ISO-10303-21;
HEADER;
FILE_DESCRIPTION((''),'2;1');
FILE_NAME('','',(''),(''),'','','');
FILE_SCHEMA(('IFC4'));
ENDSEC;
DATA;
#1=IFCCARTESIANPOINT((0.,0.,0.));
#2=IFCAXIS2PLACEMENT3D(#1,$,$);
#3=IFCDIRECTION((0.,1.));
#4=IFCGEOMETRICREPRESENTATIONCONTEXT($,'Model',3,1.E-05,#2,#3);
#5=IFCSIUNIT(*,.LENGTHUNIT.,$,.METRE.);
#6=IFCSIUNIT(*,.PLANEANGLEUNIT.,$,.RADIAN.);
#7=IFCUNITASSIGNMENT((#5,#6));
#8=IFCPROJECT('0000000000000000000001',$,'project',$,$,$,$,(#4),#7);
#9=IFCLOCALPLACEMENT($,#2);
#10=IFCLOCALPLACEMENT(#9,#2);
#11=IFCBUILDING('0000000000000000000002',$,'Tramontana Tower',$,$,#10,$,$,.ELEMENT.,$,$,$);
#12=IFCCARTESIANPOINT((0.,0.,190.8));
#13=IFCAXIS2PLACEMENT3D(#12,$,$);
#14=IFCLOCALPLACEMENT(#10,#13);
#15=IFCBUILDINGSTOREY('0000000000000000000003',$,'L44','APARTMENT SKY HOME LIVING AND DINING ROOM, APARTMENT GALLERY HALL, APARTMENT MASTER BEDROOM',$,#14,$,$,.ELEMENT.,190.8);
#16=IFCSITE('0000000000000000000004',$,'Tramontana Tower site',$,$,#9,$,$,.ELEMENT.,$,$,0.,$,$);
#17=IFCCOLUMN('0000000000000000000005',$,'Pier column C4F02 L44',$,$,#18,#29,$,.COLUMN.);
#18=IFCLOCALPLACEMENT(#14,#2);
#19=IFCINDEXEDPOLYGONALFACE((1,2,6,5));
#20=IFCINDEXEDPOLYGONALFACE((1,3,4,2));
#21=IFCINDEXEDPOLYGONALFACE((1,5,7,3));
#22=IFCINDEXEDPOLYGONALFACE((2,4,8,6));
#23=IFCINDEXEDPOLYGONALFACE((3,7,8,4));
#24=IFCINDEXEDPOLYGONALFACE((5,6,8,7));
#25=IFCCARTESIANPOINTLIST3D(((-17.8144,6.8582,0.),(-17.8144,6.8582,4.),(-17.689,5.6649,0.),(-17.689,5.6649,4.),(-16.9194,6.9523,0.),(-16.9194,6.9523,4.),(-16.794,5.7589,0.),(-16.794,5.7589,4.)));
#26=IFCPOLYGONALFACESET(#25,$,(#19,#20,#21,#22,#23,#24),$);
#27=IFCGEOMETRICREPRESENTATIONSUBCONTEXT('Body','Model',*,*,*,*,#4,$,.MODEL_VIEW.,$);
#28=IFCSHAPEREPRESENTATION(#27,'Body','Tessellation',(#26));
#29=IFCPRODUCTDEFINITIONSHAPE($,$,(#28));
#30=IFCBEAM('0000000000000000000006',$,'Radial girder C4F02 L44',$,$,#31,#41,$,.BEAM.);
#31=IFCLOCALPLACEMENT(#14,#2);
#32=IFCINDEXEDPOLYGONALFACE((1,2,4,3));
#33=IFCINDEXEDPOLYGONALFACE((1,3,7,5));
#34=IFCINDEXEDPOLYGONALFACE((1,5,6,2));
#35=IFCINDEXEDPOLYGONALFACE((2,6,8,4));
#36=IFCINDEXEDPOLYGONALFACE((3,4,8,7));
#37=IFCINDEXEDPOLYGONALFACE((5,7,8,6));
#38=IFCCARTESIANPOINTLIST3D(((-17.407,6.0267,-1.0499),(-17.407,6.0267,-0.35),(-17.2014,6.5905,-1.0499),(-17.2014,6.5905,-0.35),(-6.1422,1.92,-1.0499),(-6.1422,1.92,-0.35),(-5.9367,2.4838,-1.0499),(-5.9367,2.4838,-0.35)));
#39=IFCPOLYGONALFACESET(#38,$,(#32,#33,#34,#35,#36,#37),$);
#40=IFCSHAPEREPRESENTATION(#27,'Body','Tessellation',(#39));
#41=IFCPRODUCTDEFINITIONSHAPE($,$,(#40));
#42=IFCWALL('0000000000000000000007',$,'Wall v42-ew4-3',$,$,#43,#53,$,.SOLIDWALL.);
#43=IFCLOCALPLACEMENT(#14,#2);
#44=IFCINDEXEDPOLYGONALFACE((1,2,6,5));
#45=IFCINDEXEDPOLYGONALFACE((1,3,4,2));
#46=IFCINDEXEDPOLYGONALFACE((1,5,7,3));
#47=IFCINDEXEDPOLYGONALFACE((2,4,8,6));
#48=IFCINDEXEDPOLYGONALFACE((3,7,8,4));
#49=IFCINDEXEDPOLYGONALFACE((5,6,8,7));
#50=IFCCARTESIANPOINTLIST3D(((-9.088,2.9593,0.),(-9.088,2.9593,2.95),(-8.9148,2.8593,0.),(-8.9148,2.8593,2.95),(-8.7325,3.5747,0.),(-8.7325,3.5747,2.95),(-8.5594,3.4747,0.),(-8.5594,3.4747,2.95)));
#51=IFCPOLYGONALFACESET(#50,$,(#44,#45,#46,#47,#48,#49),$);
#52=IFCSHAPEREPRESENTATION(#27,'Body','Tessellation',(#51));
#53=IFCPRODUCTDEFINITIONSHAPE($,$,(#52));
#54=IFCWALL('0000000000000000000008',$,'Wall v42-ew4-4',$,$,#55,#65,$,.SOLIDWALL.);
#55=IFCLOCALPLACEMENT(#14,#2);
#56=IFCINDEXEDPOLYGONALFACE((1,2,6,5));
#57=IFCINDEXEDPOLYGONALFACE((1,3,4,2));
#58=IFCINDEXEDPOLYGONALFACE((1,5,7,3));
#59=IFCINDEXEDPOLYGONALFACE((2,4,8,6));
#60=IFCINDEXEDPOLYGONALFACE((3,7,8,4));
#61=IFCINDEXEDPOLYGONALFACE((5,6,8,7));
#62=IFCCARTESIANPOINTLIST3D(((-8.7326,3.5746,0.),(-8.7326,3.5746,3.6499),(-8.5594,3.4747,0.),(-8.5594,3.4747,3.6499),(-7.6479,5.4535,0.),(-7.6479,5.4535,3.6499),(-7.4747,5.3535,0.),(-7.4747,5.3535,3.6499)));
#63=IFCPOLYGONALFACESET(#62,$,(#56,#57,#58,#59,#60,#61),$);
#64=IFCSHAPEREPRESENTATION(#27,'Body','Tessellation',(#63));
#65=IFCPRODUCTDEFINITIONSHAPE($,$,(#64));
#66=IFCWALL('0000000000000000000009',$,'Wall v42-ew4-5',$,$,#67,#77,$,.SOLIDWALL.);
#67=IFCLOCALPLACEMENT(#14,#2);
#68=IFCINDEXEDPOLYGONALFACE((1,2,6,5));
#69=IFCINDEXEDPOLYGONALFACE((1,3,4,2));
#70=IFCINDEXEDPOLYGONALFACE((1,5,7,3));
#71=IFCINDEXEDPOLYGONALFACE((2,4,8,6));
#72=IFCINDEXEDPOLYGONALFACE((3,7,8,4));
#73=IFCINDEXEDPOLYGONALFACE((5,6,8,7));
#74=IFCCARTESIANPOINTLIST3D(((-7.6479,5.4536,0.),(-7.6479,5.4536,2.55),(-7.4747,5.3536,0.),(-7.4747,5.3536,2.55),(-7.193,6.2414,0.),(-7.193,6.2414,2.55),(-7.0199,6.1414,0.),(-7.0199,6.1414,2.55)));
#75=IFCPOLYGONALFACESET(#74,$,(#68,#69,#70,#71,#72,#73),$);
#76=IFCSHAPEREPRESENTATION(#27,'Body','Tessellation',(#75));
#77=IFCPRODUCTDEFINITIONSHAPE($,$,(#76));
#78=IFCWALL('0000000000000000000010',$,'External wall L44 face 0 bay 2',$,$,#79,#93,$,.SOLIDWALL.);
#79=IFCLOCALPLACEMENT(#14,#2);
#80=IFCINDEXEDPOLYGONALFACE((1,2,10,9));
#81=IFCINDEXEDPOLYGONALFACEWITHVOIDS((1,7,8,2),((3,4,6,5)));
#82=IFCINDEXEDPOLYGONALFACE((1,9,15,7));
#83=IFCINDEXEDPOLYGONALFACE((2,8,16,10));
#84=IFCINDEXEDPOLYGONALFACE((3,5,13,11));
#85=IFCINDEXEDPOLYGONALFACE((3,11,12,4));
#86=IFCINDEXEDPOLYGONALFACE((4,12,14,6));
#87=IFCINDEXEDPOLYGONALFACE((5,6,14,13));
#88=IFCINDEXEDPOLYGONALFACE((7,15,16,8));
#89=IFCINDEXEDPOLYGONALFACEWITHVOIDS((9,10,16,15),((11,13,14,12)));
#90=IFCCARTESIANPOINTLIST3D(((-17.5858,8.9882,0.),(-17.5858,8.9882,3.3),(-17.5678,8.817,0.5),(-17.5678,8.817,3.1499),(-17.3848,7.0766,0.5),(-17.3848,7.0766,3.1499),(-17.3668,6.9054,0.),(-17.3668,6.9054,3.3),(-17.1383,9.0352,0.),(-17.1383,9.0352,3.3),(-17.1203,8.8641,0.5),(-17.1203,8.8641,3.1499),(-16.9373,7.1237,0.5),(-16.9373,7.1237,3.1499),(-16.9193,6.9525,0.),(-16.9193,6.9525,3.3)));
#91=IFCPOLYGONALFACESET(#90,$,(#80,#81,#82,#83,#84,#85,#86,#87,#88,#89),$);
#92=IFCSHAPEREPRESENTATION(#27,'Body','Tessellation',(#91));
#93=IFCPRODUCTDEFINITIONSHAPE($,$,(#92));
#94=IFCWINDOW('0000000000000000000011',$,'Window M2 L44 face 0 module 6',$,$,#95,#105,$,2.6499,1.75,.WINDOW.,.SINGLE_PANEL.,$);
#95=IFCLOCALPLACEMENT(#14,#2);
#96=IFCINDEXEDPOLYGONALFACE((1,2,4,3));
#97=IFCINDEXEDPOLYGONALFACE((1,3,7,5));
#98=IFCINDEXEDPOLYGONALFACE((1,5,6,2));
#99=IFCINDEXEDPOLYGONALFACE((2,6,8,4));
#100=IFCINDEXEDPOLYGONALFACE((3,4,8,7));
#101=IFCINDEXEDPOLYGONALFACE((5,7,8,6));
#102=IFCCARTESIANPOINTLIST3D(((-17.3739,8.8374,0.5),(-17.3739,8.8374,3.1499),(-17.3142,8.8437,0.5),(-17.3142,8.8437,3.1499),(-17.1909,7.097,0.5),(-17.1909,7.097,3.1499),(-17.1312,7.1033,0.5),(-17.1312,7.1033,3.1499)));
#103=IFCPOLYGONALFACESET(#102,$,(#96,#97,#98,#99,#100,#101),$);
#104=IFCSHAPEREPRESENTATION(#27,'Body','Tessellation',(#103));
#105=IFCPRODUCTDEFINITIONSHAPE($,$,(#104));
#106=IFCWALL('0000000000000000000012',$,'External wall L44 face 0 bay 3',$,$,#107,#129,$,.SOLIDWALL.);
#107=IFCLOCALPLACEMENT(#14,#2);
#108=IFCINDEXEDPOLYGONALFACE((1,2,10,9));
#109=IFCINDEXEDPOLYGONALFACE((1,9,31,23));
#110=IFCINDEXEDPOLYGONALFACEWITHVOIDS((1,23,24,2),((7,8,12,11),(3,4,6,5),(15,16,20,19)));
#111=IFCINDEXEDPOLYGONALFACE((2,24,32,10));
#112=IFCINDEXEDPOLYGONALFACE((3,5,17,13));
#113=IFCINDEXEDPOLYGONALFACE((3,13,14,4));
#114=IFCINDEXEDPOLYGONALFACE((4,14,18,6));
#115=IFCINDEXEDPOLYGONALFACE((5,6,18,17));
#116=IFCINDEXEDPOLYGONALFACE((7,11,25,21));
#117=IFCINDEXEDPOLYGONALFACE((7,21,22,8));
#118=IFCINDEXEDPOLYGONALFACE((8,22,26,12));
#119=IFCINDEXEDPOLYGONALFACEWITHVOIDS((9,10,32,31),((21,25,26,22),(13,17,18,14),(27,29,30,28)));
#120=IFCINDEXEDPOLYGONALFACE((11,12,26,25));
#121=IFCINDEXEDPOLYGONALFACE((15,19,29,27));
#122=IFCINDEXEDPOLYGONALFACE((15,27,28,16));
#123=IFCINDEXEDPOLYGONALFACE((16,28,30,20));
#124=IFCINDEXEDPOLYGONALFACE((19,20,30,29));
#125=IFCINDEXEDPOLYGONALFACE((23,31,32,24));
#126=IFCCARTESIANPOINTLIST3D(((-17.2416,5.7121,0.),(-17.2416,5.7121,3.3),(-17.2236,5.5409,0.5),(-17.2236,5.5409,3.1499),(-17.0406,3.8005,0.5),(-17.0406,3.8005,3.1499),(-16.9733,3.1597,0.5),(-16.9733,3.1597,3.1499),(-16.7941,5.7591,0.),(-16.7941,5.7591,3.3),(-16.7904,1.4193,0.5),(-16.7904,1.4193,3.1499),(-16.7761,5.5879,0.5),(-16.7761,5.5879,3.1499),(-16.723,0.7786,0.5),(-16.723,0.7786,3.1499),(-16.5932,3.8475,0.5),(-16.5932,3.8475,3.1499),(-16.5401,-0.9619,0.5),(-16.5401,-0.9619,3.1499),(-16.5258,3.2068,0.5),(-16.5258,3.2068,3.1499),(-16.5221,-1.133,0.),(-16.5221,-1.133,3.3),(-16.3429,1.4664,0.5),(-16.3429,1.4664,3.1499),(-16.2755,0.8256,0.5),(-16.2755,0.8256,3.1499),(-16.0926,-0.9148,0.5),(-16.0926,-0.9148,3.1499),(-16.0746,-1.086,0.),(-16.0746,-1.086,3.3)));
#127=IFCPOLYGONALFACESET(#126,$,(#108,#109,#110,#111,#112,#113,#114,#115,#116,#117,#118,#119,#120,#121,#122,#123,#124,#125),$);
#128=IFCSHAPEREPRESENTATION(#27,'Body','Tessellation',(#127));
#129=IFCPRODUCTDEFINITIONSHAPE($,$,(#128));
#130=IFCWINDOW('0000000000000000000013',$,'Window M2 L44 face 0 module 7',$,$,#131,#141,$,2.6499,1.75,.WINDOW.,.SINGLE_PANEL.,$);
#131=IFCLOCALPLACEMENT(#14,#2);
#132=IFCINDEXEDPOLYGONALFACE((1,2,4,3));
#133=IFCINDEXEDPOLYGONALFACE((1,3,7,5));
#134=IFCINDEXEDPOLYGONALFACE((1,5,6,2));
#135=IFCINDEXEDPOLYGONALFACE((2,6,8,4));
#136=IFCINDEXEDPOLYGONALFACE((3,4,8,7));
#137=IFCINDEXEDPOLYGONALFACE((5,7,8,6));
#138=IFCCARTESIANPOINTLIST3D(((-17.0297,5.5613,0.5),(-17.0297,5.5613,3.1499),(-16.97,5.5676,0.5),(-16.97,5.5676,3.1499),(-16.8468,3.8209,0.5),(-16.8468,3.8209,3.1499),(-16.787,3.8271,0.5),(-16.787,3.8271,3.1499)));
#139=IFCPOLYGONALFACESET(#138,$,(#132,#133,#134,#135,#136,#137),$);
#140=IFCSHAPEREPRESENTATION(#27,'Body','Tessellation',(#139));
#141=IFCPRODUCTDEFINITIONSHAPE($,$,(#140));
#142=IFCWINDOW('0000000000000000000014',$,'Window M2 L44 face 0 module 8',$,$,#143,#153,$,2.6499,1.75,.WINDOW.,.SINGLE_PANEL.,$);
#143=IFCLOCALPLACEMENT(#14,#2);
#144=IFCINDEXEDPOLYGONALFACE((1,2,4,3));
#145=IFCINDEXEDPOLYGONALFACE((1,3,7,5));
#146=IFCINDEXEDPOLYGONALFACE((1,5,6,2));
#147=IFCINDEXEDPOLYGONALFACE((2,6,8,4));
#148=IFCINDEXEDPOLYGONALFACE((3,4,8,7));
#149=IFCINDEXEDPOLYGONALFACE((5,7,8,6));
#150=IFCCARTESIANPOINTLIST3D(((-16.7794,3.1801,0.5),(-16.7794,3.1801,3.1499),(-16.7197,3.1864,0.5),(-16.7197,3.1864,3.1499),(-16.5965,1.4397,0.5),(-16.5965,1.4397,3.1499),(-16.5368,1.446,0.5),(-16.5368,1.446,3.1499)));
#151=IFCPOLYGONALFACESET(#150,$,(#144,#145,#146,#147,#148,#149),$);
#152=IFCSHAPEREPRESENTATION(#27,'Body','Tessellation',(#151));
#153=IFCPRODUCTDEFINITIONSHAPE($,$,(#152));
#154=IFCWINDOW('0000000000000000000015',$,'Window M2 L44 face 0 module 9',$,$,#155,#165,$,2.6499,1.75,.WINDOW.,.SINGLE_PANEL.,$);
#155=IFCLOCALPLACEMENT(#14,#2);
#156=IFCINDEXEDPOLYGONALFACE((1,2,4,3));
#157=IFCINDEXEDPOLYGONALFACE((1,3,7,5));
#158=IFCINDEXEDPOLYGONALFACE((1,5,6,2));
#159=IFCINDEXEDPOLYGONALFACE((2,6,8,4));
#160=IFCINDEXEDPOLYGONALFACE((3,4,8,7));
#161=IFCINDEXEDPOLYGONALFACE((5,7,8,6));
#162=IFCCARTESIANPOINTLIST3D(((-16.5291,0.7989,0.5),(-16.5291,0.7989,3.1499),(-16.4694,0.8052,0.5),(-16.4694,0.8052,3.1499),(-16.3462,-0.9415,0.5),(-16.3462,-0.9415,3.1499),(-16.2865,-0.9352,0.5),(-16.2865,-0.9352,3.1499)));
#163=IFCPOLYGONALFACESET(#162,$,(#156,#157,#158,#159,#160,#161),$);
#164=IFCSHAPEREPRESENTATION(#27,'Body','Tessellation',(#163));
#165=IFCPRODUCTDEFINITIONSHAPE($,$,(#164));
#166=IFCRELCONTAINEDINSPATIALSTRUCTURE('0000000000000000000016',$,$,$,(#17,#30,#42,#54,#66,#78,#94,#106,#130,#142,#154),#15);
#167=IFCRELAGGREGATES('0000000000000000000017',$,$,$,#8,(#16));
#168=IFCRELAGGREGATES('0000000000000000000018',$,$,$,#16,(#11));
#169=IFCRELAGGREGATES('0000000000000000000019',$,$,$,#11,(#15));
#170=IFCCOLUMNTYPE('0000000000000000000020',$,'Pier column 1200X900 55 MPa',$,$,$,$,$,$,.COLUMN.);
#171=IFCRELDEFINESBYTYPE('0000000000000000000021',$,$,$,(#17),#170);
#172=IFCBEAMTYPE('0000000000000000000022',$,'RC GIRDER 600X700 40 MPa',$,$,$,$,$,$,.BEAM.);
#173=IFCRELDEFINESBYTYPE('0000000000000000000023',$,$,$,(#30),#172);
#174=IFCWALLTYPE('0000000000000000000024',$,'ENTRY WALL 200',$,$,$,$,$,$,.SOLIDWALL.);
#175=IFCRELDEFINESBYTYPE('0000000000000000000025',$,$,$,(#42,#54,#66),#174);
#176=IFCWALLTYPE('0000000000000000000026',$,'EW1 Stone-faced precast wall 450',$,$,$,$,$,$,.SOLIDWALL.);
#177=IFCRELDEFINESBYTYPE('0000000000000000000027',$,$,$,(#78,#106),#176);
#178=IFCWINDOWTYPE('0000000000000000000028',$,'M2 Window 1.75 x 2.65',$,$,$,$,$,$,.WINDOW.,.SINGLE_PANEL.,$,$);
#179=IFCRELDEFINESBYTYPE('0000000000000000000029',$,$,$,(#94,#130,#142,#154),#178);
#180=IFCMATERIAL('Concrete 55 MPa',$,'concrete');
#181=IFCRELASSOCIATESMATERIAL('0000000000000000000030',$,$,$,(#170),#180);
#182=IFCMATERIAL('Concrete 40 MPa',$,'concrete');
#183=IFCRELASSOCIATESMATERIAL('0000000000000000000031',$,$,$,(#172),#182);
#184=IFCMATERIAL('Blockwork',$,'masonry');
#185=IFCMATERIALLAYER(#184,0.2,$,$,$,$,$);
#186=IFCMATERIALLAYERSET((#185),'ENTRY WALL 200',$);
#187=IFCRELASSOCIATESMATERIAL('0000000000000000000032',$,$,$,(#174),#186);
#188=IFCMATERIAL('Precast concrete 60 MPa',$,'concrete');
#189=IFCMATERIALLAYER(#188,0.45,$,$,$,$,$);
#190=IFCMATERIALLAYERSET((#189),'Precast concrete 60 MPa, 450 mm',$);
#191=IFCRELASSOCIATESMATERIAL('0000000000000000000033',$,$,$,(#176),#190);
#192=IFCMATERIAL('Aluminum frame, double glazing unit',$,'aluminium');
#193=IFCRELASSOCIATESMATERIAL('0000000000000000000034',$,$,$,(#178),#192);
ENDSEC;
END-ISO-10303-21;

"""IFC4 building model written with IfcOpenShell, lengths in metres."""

from ifc_helpers import new_model, si_unit, direction, frame, frame_2d, origin, origin_2d, place, context, subcontext, project, spatial, rectangle, extrude, material, layer, layer_set, material_profile, profile_set, type_object, element, fill, save


model = new_model("IFC4")

# Units and contexts
model_context = context("Model", 3, precision=1e-05, world=origin(), true_north=direction((0.0, 1.0)))
body_context = subcontext(model_context, "Body", "Model", "MODEL_VIEW")
ifc_project = project(units=[si_unit("LENGTHUNIT", "METRE"), si_unit("PLANEANGLEUNIT", "RADIAN")], contexts=[model_context])

# Site, building, storey
site_placement = place(None, origin())
site = spatial("IfcSite", under=ifc_project, at=site_placement, Name="Tramontana Tower site", CompositionType="ELEMENT", RefElevation=0.0)
building_placement = place(site_placement, origin())
building = spatial("IfcBuilding", under=site, at=building_placement, Name="Tramontana Tower", CompositionType="ELEMENT")
storey_placement = place(building_placement, frame((0.0, 0.0, 190.8)))
storey = spatial("IfcBuildingStorey", under=building, at=storey_placement, Name="L44", Description="APARTMENT SKY HOME LIVING AND DINING ROOM, APARTMENT GALLERY HALL, APARTMENT MASTER BEDROOM", CompositionType="ELEMENT", Elevation=190.8)

# Column
ifc_material_1 = material(Name="Concrete 55 MPa", Category="concrete")
ifc_material_profile_1 = material_profile(ifc_material_1, rectangle(XDim=1.2, YDim=0.8999, at=origin_2d()), Name="Pier column 1200X900 55 MPa")
ifc_profile_set_1 = profile_set([ifc_material_profile_1], Name="Concrete 55 MPa")
column_type = type_object("IfcColumnType", Name="Pier column 1200X900 55 MPa", PredefinedType="COLUMN", material=ifc_profile_set_1)
column_placement = place(storey_placement, frame((-17.3042, 6.3086, 0.0), z_axis=(0.0, 0.0, 1.0), x_axis=(0.104528, -0.994522, 0.0)))
element("IfcColumn", 1, at=column_placement, inside=storey, type_object=column_type, Name="Pier column C4F02 L44", PredefinedType="COLUMN", context=body_context, shape_type="SweptSolid", body=[
    extrude(rectangle(XDim=1.2, YDim=0.8999, at=origin_2d()), origin(), (0.0, 0.0, 1.0), 4.0),
])

# Beam
ifc_material_2 = material(Name="Concrete 40 MPa", Category="concrete")
ifc_material_profile_2 = material_profile(ifc_material_2, rectangle(XDim=0.6001, YDim=0.7, at=origin_2d()), Name="RC GIRDER 600X700 40 MPa")
ifc_profile_set_2 = profile_set([ifc_material_profile_2], Name="Concrete 40 MPa")
beam_type = type_object("IfcBeamType", Name="RC GIRDER 600X700 40 MPa", PredefinedType="BEAM", material=ifc_profile_set_2)
beam_placement = place(storey_placement, frame((-17.3042, 6.3086, -0.7), z_axis=(0.939513, -0.342513, 0.0), x_axis=(0.342513, 0.939513, 0.0)))
element("IfcBeam", 2, at=beam_placement, inside=storey, type_object=beam_type, Name="Radial girder C4F02 L44", PredefinedType="BEAM", context=body_context, shape_type="SweptSolid", body=[
    extrude(rectangle(XDim=0.6001, YDim=0.7, at=origin_2d()), origin(), (0.0, 0.0, 1.0), 11.99),
])

# Walls
ifc_material_3 = material(Name="Blockwork", Category="masonry")
ifc_layer_1 = layer(ifc_material_3, 0.2)
ifc_layer_set_1 = layer_set([ifc_layer_1], Name="ENTRY WALL 200")
wall_type_1 = type_object("IfcWallType", Name="ENTRY WALL 200", PredefinedType="SOLIDWALL", material=ifc_layer_set_1)
wall_1_placement = place(storey_placement, frame((-9.0015, 2.9092, 0.0), z_axis=(0.0, 0.0, 1.0), x_axis=(0.500129, 0.865951, 0.0)))
element("IfcWall", 3, at=wall_1_placement, inside=storey, type_object=wall_type_1, Name="Wall v42-ew4-3", PredefinedType="SOLIDWALL", context=body_context, shape_type="SweptSolid", body=[
    extrude(rectangle(XDim=0.7107, YDim=0.2, at=frame_2d((0.3555, 0.0))), origin(), (0.0, 0.0, 1.0), 2.95),
])
wall_2_placement = place(storey_placement, frame((-8.646, 3.5247, 0.0), z_axis=(0.0, 0.0, 1.0), x_axis=(0.499976, 0.866039, 0.0)))
element("IfcWall", 4, at=wall_2_placement, inside=storey, type_object=wall_type_1, Name="Wall v42-ew4-4", PredefinedType="SOLIDWALL", context=body_context, shape_type="SweptSolid", body=[
    extrude(rectangle(XDim=2.1694, YDim=0.2, at=frame_2d((1.0847, 0.0))), origin(), (0.0, 0.0, 1.0), 3.6499),
])
wall_3_placement = place(storey_placement, frame((-7.5613, 5.4036, 0.0), z_axis=(0.0, 0.0, 1.0), x_axis=(0.499978, 0.866038, 0.0)))
element("IfcWall", 5, at=wall_3_placement, inside=storey, type_object=wall_type_1, Name="Wall v42-ew4-5", PredefinedType="SOLIDWALL", context=body_context, shape_type="SweptSolid", body=[
    extrude(rectangle(XDim=0.9097, YDim=0.2, at=frame_2d((0.4548, 0.0))), origin(), (0.0, 0.0, 1.0), 2.55),
])

# Wall, opening, window
ifc_material_4 = material(Name="Precast concrete 60 MPa", Category="concrete")
ifc_layer_2 = layer(ifc_material_4, 0.45)
ifc_layer_set_2 = layer_set([ifc_layer_2], Name="Precast concrete 60 MPa, 450 mm")
wall_type_2 = type_object("IfcWallType", Name="EW1 Stone-faced precast wall 450", PredefinedType="SOLIDWALL", material=ifc_layer_set_2)
wall_4_placement = place(storey_placement, frame((-17.3621, 9.0117, 0.0), z_axis=(0.0, 0.0, 1.0), x_axis=(0.104569, -0.994518, 0.0)))
wall_4 = element("IfcWall", 6, at=wall_4_placement, inside=storey, type_object=wall_type_2, Name="External wall L44 face 0 bay 2", PredefinedType="SOLIDWALL", context=body_context, shape_type="SweptSolid", body=[
    extrude(rectangle(XDim=2.0942, YDim=0.45, at=frame_2d((1.0471, 0.0))), origin(), (0.0, 0.0, 1.0), 3.3),
])
opening_1_placement = place(wall_4_placement, frame((0.1721, 0.0, 0.5)))
opening_1 = element("IfcOpeningElement", 7, at=opening_1_placement, cuts=wall_4, PredefinedType="OPENING", context=body_context, shape_type="SweptSolid", body=[
    extrude(rectangle(XDim=1.75, YDim=2.6499, at=frame_2d((0.875, 1.325))), frame((0.0, 0.2349, 0.0), z_axis=(0.0, -1.0, 0.0), x_axis=(1.0, 0.0, 0.0)), (0.0, 0.0, 1.0), 0.47),
])
ifc_material_5 = material(Name="Aluminum frame, double glazing unit", Category="aluminium")
window_type = type_object("IfcWindowType", Name="M2 Window 1.75 x 2.65", PartitioningType="SINGLE_PANEL", PredefinedType="WINDOW", material=ifc_material_5)
window_1_placement = place(opening_1_placement, origin())
window_1 = element("IfcWindow", 8, at=window_1_placement, inside=storey, type_object=window_type, Name="Window M2 L44 face 0 module 6", OverallHeight=2.6499, OverallWidth=1.75, PartitioningType="SINGLE_PANEL", PredefinedType="WINDOW", context=body_context, shape_type="SweptSolid", body=[
    extrude(rectangle(XDim=1.75, YDim=2.6499, at=frame_2d((0.875, 1.325))), frame((0.0, 0.03, 0.0), z_axis=(0.0, -1.0, 0.0), x_axis=(1.0, 0.0, 0.0)), (0.0, 0.0, 1.0), 0.0601),
])
fill(opening_1, window_1)

# Wall, openings, windows
wall_5_placement = place(storey_placement, frame((-17.0178, 5.7356, 0.0), z_axis=(0.0, 0.0, 1.0), x_axis=(0.104532, -0.994522, 0.0)))
wall_5 = element("IfcWall", 9, at=wall_5_placement, inside=storey, type_object=wall_type_2, Name="External wall L44 face 0 bay 3", PredefinedType="SOLIDWALL", context=body_context, shape_type="SweptSolid", body=[
    extrude(rectangle(XDim=6.8828, YDim=0.45, at=frame_2d((3.4414, 0.0))), origin(), (0.0, 0.0, 1.0), 3.3),
])
opening_2_placement = place(wall_5_placement, frame((0.1721, 0.0, 0.5)))
opening_2 = element("IfcOpeningElement", 10, at=opening_2_placement, cuts=wall_5, PredefinedType="OPENING", context=body_context, shape_type="SweptSolid", body=[
    extrude(rectangle(XDim=1.75, YDim=2.6499, at=frame_2d((0.875, 1.325))), frame((0.0, 0.2349, 0.0), z_axis=(0.0, -1.0, 0.0), x_axis=(1.0, 0.0, 0.0)), (0.0, 0.0, 1.0), 0.47),
])
opening_3_placement = place(wall_5_placement, frame((2.5664, 0.0, 0.5)))
opening_3 = element("IfcOpeningElement", 11, at=opening_3_placement, cuts=wall_5, PredefinedType="OPENING", context=body_context, shape_type="SweptSolid", body=[
    extrude(rectangle(XDim=1.75, YDim=2.6499, at=frame_2d((0.875, 1.325))), frame((0.0, 0.2349, 0.0), z_axis=(0.0, -1.0, 0.0), x_axis=(1.0, 0.0, 0.0)), (0.0, 0.0, 1.0), 0.47),
])
opening_4_placement = place(wall_5_placement, frame((4.9607, 0.0, 0.5)))
opening_4 = element("IfcOpeningElement", 12, at=opening_4_placement, cuts=wall_5, PredefinedType="OPENING", context=body_context, shape_type="SweptSolid", body=[
    extrude(rectangle(XDim=1.75, YDim=2.6499, at=frame_2d((0.875, 1.325))), frame((0.0, 0.2349, 0.0), z_axis=(0.0, -1.0, 0.0), x_axis=(1.0, 0.0, 0.0)), (0.0, 0.0, 1.0), 0.47),
])
window_2_placement = place(opening_2_placement, origin())
window_2 = element("IfcWindow", 13, at=window_2_placement, inside=storey, type_object=window_type, Name="Window M2 L44 face 0 module 7", OverallHeight=2.6499, OverallWidth=1.75, PartitioningType="SINGLE_PANEL", PredefinedType="WINDOW", context=body_context, shape_type="SweptSolid", body=[
    extrude(rectangle(XDim=1.75, YDim=2.6499, at=frame_2d((0.875, 1.325))), frame((0.0, 0.03, 0.0), z_axis=(0.0, -1.0, 0.0), x_axis=(1.0, 0.0, 0.0)), (0.0, 0.0, 1.0), 0.0601),
])
fill(opening_2, window_2)
window_3_placement = place(opening_3_placement, origin())
window_3 = element("IfcWindow", 14, at=window_3_placement, inside=storey, type_object=window_type, Name="Window M2 L44 face 0 module 8", OverallHeight=2.6499, OverallWidth=1.75, PartitioningType="SINGLE_PANEL", PredefinedType="WINDOW", context=body_context, shape_type="SweptSolid", body=[
    extrude(rectangle(XDim=1.75, YDim=2.6499, at=frame_2d((0.875, 1.325))), frame((0.0, 0.03, 0.0), z_axis=(0.0, -1.0, 0.0), x_axis=(1.0, 0.0, 0.0)), (0.0, 0.0, 1.0), 0.0601),
])
fill(opening_3, window_3)
window_4_placement = place(opening_4_placement, origin())
window_4 = element("IfcWindow", 15, at=window_4_placement, inside=storey, type_object=window_type, Name="Window M2 L44 face 0 module 9", OverallHeight=2.6499, OverallWidth=1.75, PartitioningType="SINGLE_PANEL", PredefinedType="WINDOW", context=body_context, shape_type="SweptSolid", body=[
    extrude(rectangle(XDim=1.75, YDim=2.6499, at=frame_2d((0.875, 1.325))), frame((0.0, 0.03, 0.0), z_axis=(0.0, -1.0, 0.0), x_axis=(1.0, 0.0, 0.0)), (0.0, 0.0, 1.0), 0.0601),
])
fill(opening_4, window_4)

save(model, "model.ifc")
